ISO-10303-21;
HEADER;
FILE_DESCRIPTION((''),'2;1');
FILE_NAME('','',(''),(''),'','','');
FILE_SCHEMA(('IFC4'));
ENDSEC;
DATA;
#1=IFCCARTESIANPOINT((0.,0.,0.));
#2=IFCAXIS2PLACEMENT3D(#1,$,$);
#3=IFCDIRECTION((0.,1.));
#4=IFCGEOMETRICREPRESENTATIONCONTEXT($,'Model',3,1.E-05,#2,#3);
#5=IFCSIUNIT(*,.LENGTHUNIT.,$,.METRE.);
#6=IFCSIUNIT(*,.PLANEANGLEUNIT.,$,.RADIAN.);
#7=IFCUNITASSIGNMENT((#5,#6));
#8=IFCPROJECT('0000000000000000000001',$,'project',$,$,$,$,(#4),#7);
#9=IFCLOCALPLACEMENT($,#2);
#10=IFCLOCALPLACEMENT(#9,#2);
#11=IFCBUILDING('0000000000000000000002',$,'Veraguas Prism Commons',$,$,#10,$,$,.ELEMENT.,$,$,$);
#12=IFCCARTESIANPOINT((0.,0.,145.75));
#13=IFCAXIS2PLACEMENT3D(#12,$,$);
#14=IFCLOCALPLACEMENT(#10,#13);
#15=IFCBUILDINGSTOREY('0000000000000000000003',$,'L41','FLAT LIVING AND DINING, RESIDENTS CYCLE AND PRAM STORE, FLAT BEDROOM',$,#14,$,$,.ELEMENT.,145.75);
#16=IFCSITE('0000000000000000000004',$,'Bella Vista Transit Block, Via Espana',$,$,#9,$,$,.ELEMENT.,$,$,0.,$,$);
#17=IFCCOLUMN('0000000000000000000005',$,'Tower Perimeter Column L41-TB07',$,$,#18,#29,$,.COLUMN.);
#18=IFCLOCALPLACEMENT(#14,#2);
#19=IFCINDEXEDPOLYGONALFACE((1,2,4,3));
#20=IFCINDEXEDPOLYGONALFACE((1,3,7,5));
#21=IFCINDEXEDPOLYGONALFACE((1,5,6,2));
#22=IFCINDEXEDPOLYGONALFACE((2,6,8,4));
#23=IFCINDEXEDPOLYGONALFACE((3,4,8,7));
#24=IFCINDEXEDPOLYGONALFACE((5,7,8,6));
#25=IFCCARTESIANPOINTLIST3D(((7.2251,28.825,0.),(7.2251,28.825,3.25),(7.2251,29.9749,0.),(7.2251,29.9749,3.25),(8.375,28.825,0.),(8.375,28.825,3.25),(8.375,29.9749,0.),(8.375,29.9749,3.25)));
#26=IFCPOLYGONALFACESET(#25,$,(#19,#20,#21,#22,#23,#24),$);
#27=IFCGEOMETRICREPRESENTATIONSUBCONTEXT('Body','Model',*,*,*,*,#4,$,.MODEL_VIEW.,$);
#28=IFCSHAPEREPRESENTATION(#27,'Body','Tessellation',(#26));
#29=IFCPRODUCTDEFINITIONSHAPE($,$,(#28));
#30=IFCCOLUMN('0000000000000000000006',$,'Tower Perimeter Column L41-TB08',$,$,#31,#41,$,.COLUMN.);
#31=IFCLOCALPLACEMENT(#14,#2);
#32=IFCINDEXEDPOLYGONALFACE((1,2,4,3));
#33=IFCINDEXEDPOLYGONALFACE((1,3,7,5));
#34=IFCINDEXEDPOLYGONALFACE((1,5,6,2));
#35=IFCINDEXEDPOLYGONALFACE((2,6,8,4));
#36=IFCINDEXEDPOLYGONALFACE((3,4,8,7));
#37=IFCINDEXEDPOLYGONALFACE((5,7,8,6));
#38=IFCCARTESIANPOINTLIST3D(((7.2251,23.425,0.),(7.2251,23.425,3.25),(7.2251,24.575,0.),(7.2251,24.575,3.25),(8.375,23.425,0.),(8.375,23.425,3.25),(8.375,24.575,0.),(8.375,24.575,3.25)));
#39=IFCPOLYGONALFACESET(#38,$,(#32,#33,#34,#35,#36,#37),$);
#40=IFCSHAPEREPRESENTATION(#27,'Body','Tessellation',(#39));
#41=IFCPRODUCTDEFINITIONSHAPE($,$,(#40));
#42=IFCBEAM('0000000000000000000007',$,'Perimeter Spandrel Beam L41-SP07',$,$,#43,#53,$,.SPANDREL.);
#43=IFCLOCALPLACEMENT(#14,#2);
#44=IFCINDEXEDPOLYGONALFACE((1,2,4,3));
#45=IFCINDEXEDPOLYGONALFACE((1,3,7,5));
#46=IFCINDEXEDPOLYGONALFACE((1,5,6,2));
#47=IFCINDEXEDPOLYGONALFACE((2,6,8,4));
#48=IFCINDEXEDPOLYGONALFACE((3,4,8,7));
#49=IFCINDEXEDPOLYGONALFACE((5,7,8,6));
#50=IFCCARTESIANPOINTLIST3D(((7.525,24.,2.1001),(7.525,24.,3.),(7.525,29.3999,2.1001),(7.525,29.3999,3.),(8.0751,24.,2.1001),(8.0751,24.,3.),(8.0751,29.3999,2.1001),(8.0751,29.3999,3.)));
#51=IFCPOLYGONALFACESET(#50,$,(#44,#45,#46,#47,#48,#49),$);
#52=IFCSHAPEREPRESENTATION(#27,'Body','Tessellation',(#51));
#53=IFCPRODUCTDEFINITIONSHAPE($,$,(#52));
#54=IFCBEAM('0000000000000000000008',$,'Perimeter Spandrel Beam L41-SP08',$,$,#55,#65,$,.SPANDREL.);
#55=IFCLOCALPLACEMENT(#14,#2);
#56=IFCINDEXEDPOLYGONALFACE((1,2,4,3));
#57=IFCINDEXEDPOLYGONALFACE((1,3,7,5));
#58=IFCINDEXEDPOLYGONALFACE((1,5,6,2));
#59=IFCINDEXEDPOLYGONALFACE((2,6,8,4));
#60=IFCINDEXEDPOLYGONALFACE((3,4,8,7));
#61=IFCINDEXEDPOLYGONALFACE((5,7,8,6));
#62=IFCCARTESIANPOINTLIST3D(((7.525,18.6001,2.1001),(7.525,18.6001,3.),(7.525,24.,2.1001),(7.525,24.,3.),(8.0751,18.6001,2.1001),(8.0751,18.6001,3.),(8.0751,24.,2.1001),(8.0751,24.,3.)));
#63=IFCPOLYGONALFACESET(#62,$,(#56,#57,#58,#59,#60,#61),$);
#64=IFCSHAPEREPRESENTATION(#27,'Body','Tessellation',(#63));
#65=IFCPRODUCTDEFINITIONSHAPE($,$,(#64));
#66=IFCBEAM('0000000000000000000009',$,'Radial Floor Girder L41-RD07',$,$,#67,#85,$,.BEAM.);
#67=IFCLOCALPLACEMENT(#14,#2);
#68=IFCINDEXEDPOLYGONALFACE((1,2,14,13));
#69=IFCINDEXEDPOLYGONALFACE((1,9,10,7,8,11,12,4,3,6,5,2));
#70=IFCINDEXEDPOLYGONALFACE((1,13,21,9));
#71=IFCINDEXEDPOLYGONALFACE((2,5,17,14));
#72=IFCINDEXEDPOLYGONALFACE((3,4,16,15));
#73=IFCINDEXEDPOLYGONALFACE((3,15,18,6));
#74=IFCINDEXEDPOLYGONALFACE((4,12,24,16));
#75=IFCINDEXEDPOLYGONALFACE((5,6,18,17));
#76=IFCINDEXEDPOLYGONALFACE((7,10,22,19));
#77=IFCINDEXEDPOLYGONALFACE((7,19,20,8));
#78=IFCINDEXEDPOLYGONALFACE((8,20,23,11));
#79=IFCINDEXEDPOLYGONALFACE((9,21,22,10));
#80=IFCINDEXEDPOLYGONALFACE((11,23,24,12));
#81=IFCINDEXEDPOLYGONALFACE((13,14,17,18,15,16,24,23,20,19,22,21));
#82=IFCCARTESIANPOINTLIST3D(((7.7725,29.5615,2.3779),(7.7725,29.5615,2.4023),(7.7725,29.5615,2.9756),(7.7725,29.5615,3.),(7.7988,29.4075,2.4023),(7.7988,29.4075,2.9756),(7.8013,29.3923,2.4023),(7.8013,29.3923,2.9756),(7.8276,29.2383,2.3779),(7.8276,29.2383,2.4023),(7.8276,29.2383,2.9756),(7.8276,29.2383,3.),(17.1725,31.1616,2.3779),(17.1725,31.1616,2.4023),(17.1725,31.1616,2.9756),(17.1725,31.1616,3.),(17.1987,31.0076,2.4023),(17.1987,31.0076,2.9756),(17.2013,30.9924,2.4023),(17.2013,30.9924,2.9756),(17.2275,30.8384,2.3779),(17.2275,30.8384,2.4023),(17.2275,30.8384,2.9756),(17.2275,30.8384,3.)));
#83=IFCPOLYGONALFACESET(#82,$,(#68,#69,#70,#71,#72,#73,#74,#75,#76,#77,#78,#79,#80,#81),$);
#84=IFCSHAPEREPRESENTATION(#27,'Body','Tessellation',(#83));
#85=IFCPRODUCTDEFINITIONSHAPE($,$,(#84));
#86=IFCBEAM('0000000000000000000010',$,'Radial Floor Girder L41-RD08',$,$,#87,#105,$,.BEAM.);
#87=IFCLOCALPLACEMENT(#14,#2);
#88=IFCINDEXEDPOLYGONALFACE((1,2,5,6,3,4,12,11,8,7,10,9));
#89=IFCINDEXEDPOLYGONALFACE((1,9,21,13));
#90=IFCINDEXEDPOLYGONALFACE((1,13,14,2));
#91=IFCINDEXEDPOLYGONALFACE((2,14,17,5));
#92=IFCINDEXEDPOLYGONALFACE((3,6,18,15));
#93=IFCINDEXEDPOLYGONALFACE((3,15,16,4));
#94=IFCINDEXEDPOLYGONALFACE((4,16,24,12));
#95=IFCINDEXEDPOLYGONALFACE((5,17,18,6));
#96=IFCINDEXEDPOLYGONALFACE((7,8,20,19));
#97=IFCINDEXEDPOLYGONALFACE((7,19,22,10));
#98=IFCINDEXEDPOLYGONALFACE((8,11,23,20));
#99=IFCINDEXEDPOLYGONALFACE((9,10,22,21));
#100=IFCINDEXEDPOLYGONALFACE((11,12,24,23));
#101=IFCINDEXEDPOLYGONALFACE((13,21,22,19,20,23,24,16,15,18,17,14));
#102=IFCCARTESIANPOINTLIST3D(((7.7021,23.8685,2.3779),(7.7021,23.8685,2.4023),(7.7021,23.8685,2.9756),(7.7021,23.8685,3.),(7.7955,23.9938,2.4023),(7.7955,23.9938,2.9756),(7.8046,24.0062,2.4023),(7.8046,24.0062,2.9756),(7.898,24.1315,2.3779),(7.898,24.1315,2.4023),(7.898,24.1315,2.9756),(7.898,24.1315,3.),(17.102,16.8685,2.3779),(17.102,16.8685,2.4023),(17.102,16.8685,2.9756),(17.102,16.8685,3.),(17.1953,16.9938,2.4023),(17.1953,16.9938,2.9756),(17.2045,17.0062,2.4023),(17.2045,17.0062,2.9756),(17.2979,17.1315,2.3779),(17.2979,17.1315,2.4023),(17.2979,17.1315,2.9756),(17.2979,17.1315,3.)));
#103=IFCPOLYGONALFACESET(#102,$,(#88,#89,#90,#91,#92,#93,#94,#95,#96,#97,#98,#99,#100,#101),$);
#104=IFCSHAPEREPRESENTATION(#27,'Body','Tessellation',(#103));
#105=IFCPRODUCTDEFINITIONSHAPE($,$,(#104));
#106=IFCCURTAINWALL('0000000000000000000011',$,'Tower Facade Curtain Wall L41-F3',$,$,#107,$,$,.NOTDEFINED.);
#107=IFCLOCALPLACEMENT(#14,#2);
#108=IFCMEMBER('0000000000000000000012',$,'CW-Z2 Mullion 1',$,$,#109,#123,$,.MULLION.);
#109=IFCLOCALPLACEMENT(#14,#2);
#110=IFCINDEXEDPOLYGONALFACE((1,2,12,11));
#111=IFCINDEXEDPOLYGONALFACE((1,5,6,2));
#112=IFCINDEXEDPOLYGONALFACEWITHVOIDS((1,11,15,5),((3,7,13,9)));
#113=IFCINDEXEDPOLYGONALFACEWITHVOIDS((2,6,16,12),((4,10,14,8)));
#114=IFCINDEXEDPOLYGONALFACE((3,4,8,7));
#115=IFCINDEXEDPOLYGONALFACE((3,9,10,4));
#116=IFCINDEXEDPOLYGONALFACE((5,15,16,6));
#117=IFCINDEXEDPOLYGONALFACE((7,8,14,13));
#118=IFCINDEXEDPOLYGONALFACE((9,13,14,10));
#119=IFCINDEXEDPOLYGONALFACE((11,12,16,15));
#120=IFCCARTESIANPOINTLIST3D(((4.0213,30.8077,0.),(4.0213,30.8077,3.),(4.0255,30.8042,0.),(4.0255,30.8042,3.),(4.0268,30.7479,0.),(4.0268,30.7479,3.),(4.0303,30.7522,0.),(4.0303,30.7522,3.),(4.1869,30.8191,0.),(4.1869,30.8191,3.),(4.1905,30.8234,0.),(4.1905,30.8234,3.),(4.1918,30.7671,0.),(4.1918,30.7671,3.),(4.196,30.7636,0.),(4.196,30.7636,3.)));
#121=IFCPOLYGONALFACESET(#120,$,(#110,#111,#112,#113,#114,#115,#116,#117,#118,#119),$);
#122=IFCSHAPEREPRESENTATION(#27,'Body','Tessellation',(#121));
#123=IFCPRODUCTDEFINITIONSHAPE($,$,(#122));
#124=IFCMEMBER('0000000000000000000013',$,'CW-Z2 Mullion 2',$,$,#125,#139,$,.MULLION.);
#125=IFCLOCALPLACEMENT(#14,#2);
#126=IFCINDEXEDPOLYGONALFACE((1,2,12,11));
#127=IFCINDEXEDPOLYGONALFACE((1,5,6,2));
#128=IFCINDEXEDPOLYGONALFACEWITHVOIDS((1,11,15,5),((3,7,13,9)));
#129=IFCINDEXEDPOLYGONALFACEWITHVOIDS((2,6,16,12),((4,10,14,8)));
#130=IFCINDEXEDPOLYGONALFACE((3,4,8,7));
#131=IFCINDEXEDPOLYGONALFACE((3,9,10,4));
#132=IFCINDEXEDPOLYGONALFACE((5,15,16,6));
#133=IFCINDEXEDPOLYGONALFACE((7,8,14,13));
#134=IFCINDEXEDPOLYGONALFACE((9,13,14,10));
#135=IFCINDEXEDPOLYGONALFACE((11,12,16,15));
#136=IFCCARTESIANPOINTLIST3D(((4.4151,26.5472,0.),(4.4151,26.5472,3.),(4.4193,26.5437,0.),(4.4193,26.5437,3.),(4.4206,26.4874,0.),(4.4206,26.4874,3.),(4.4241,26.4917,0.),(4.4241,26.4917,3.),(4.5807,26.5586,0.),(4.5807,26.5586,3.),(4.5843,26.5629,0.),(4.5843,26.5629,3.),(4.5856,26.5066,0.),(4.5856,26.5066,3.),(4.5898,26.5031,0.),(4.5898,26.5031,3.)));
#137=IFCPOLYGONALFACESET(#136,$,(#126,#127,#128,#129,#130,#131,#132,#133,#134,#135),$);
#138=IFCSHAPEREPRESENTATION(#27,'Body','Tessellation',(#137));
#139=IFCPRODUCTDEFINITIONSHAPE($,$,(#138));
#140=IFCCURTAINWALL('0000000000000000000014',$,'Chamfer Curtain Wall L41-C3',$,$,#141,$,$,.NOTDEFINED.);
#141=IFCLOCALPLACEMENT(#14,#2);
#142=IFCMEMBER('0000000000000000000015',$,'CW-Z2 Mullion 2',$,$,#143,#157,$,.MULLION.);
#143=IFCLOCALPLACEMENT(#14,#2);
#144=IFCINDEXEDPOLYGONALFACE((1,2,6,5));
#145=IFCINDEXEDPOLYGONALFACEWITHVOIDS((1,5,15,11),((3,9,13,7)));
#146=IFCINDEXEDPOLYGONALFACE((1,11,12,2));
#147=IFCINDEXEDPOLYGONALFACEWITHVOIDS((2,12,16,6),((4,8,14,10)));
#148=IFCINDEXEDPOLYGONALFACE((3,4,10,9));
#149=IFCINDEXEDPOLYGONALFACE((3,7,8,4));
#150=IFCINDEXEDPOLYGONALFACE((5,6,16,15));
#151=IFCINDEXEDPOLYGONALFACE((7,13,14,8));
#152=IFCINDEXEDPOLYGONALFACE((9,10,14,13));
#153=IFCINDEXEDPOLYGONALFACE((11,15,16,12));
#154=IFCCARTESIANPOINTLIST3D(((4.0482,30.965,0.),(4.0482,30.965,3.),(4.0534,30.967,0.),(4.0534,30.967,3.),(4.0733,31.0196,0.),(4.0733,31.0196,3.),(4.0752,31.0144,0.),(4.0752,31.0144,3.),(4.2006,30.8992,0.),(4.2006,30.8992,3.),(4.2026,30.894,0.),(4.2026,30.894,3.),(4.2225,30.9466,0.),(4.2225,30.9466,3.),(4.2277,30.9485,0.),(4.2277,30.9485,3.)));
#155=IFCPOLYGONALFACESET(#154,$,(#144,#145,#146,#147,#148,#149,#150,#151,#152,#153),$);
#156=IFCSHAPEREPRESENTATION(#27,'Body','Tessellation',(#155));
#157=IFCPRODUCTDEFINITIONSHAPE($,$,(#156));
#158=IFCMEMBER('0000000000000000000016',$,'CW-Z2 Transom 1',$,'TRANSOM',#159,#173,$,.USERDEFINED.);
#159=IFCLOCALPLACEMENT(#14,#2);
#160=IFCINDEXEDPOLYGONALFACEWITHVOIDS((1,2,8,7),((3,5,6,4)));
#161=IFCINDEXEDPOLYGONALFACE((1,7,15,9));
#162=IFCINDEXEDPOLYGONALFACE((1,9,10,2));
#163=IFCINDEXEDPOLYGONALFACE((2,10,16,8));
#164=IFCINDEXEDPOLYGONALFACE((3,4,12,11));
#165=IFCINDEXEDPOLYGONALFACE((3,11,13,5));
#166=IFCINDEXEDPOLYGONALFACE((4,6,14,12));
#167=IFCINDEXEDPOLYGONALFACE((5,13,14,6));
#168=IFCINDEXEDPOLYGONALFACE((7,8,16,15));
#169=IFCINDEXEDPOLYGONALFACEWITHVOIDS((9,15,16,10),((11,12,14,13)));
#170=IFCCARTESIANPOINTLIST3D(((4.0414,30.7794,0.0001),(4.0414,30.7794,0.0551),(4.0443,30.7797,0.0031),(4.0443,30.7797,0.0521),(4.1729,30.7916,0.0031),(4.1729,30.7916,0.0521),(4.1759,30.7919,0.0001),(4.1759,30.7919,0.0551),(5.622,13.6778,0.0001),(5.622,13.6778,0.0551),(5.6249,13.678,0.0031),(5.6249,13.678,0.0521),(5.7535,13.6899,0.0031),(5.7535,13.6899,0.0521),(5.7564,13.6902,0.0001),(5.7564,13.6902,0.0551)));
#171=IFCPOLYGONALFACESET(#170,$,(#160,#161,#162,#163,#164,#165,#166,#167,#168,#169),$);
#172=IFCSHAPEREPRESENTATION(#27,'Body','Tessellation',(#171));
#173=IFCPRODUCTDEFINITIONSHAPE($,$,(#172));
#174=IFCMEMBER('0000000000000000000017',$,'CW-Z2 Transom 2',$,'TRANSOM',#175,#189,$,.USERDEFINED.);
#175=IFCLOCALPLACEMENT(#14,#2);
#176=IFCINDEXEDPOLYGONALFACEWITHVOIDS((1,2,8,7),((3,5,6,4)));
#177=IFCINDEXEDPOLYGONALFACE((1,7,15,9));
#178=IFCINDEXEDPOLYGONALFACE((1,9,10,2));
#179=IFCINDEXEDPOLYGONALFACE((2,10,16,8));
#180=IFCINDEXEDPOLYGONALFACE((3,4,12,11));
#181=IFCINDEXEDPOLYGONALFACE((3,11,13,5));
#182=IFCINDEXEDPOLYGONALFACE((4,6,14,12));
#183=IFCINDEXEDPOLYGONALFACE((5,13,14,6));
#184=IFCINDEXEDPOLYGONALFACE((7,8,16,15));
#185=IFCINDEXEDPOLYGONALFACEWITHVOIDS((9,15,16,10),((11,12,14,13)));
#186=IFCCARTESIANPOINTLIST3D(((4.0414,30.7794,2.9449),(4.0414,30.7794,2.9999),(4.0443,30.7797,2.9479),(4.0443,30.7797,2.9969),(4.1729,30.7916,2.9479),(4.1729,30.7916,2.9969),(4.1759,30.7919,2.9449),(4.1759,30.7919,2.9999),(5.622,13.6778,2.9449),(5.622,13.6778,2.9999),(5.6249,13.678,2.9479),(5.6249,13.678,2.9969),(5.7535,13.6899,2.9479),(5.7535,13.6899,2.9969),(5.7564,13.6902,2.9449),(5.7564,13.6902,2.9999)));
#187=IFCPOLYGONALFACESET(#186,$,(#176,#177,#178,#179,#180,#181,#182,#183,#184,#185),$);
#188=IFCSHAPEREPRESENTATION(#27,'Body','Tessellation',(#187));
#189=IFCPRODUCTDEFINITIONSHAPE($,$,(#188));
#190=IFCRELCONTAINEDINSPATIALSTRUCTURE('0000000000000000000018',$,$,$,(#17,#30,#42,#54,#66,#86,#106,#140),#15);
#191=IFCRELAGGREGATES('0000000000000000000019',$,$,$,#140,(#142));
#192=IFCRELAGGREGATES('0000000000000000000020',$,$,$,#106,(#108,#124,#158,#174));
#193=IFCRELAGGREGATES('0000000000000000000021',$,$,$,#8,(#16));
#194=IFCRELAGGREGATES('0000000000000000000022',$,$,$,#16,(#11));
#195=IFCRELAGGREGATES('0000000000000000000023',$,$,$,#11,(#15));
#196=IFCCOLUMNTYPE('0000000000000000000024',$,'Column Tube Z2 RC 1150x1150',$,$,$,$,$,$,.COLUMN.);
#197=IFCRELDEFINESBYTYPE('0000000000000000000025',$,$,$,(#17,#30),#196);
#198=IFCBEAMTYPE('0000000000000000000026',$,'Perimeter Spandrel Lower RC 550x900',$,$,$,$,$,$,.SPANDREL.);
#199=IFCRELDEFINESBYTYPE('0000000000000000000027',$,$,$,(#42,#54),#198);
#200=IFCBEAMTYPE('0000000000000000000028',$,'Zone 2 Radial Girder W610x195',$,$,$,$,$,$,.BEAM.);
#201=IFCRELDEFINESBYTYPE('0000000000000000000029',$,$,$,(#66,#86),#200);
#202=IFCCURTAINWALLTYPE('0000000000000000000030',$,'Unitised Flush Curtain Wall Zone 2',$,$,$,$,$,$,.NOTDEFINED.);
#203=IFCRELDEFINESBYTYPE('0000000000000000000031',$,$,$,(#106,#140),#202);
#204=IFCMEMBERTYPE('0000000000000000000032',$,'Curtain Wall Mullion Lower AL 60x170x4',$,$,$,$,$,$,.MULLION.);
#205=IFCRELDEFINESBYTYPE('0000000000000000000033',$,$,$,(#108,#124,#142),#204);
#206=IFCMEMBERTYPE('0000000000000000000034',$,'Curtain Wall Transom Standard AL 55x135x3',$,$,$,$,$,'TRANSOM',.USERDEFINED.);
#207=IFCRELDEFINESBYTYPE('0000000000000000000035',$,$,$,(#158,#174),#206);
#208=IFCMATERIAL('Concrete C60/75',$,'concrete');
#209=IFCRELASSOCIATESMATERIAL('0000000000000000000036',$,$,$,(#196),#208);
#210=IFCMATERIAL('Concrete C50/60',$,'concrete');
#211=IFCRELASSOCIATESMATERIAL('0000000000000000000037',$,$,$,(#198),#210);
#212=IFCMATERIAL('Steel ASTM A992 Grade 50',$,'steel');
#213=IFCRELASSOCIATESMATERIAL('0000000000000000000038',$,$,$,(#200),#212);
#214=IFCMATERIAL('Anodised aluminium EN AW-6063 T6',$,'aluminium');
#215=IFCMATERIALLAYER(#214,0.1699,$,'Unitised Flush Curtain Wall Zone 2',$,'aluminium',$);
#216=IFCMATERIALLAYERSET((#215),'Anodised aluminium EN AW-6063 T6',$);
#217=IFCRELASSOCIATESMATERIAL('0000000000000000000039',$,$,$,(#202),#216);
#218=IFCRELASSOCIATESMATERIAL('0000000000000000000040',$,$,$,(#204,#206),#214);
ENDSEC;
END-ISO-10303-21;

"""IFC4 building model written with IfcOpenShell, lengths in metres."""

from ifc_helpers import new_model, si_unit, direction, frame, origin, origin_2d, place, context, subcontext, project, spatial, rectangle, hollow_rectangle, i_section, extrude, source, transform, mapped, material, layer, layer_set, material_profile, profile_set, type_object, element, aggregate, save


model = new_model("IFC4")

# Units and contexts
model_context = context("Model", 3, precision=1e-05, world=origin(), true_north=direction((0.0, 1.0)))
body_context = subcontext(model_context, "Body", "Model", "MODEL_VIEW")
ifc_project = project(units=[si_unit("LENGTHUNIT", "METRE"), si_unit("PLANEANGLEUNIT", "RADIAN")], contexts=[model_context])

# Site, building, storey
site_placement = place(None, origin())
site = spatial("IfcSite", under=ifc_project, at=site_placement, Name="Bella Vista Transit Block, Via Espana", CompositionType="ELEMENT", RefElevation=0.0)
building_placement = place(site_placement, origin())
building = spatial("IfcBuilding", under=site, at=building_placement, Name="Veraguas Prism Commons", CompositionType="ELEMENT")
storey_placement = place(building_placement, frame((0.0, 0.0, 145.75)))
storey = spatial("IfcBuildingStorey", under=building, at=storey_placement, Name="L41", Description="FLAT LIVING AND DINING, RESIDENTS CYCLE AND PRAM STORE, FLAT BEDROOM", CompositionType="ELEMENT", Elevation=145.75)

# Columns
ifc_material_1 = material(Name="Concrete C60/75", Category="concrete")
ifc_material_profile_1 = material_profile(ifc_material_1, rectangle(XDim=1.1499, YDim=1.1499, at=origin_2d()), Name="RC1150X1150")
ifc_profile_set_1 = profile_set([ifc_material_profile_1], Name="Concrete C60/75")
column_type = type_object("IfcColumnType", Name="Column Tube Z2 RC 1150x1150", PredefinedType="COLUMN", material=ifc_profile_set_1)
for number, where, z_axis, x_axis, name in (
    (1, (7.8, 29.3999, 0.0), (0.0, 0.0, 1.0), (1.0, 0.0, 0.0), "Tower Perimeter Column L41-TB07"),
    (2, (7.8, 24.0, 0.0), (0.0, 0.0, 1.0), (1.0, 0.0, 0.0), "Tower Perimeter Column L41-TB08"),
):
    element("IfcColumn", number, at=place(storey_placement, frame(where, z_axis=z_axis, x_axis=x_axis)), inside=storey, type_object=column_type, Name=name, PredefinedType="COLUMN", context=body_context, shape_type="SweptSolid", body=[
        extrude(rectangle(XDim=1.1499, YDim=1.1499, at=origin_2d()), origin(), (0.0, 0.0, 1.0), 3.25),
    ])

# Beams
ifc_material_2 = material(Name="Concrete C50/60", Category="concrete")
ifc_material_profile_2 = material_profile(ifc_material_2, rectangle(XDim=0.55, YDim=0.8999, at=origin_2d()), Name="RC550X900")
ifc_profile_set_2 = profile_set([ifc_material_profile_2], Name="Concrete C50/60")
beam_type_1 = type_object("IfcBeamType", Name="Perimeter Spandrel Lower RC 550x900", PredefinedType="SPANDREL", material=ifc_profile_set_2)
for number, where, z_axis, x_axis, name in (
    (3, (7.8, 29.3999, 2.55), (0.0, -1.0, 0.0), (1.0, 0.0, 0.0), "Perimeter Spandrel Beam L41-SP07"),
    (4, (7.8, 24.0, 2.55), (0.0, -1.0, 0.0), (1.0, 0.0, 0.0), "Perimeter Spandrel Beam L41-SP08"),
):
    element("IfcBeam", number, at=place(storey_placement, frame(where, z_axis=z_axis, x_axis=x_axis)), inside=storey, type_object=beam_type_1, Name=name, PredefinedType="SPANDREL", context=body_context, shape_type="SweptSolid", body=[
        extrude(rectangle(XDim=0.55, YDim=0.8999, at=origin_2d()), origin(), (0.0, 0.0, 1.0), 5.3999),
    ])
ifc_material_3 = material(Name="Steel ASTM A992 Grade 50", Category="steel")
ifc_material_profile_3 = material_profile(ifc_material_3, i_section(OverallWidth=0.3279, OverallDepth=0.6221, WebThickness=0.0154, FlangeThickness=0.0244, at=origin_2d()), Name="W610X195")
ifc_profile_set_3 = profile_set([ifc_material_profile_3], Name="Steel ASTM A992 Grade 50")
beam_type_2 = type_object("IfcBeamType", Name="Zone 2 Radial Girder W610x195", PredefinedType="BEAM", material=ifc_profile_set_3)
beam_1_placement = place(storey_placement, frame((7.8, 29.3999, 2.689), z_axis=(0.985819, 0.167811, 0.0), x_axis=(-0.167811, 0.985819, 0.0)))
element("IfcBeam", 5, at=beam_1_placement, inside=storey, type_object=beam_type_2, Name="Radial Floor Girder L41-RD07", PredefinedType="BEAM", context=body_context, shape_type="SweptSolid", body=[
    extrude(i_section(OverallWidth=0.3279, OverallDepth=0.6221, WebThickness=0.0154, FlangeThickness=0.0244, at=origin_2d()), origin(), (0.0, 0.0, 1.0), 9.5352),
])
beam_2_placement = place(storey_placement, frame((7.8, 24.0, 2.689), z_axis=(0.80204, -0.59727, 0.0), x_axis=(0.59727, 0.80204, 0.0)))
element("IfcBeam", 6, at=beam_2_placement, inside=storey, type_object=beam_type_2, Name="Radial Floor Girder L41-RD08", PredefinedType="BEAM", context=body_context, shape_type="SweptSolid", body=[
    extrude(i_section(OverallWidth=0.3279, OverallDepth=0.6221, WebThickness=0.0154, FlangeThickness=0.0244, at=origin_2d()), origin(), (0.0, 0.0, 1.0), 11.72),
])

# Curtain wall, members
ifc_material_4 = material(Name="Anodised aluminium EN AW-6063 T6", Category="aluminium")
ifc_layer_1 = layer(ifc_material_4, 0.1699, Name="Unitised Flush Curtain Wall Zone 2", Category="aluminium")
ifc_layer_set_1 = layer_set([ifc_layer_1], Name="Anodised aluminium EN AW-6063 T6")
curtain_wall_type = type_object("IfcCurtainWallType", Name="Unitised Flush Curtain Wall Zone 2", PredefinedType="NOTDEFINED", material=ifc_layer_set_1)
curtain_wall_1_placement = place(storey_placement, origin())
curtain_wall_1 = element("IfcCurtainWall", 7, at=curtain_wall_1_placement, inside=storey, type_object=curtain_wall_type, Name="Tower Facade Curtain Wall L41-F3", PredefinedType="NOTDEFINED")
ifc_material_profile_4 = material_profile(ifc_material_4, hollow_rectangle(XDim=0.0601, YDim=0.1699, WallThickness=0.0039, at=origin_2d()), Name="AL60X170X4")
ifc_profile_set_4 = profile_set([ifc_material_profile_4], Name="Anodised aluminium EN AW-6063 T6")
member_type_1 = type_object("IfcMemberType", Name="Curtain Wall Mullion Lower AL 60x170x4", PredefinedType="MULLION", material=ifc_profile_set_4)
shared_shape_1 = source(origin(), body_context, "Body", "SweptSolid", [
    extrude(hollow_rectangle(XDim=0.0601, YDim=0.1699, WallThickness=0.0039, at=origin_2d()), origin(), (0.0, 0.0, 1.0), 3.0),
])
member_1_placement = place(storey_placement, frame((4.1086, 30.7856, 0.0), z_axis=(0.0, 0.0, 1.0), x_axis=(0.092025, -0.995757, 0.0)))
member_1 = element("IfcMember", 8, at=member_1_placement, type_object=member_type_1, Name="CW-Z2 Mullion 1", PredefinedType="MULLION", context=body_context, shape_type="MappedRepresentation", body=[
    mapped(shared_shape_1, transform((0.0, 0.0, 0.0), scale=1.0)),
])
member_2_placement = place(storey_placement, frame((4.5024, 26.5251, 0.0), z_axis=(0.0, 0.0, 1.0), x_axis=(0.092025, -0.995757, 0.0)))
member_2 = element("IfcMember", 9, at=member_2_placement, type_object=member_type_1, Name="CW-Z2 Mullion 2", PredefinedType="MULLION", context=body_context, shape_type="MappedRepresentation", body=[
    mapped(shared_shape_1, transform((0.0, 0.0, 0.0), scale=1.0)),
])

# Curtain wall, member
curtain_wall_2_placement = place(storey_placement, origin())
curtain_wall_2 = element("IfcCurtainWall", 10, at=curtain_wall_2_placement, inside=storey, type_object=curtain_wall_type, Name="Chamfer Curtain Wall L41-C3", PredefinedType="NOTDEFINED")
member_3_placement = place(storey_placement, frame((4.1379, 30.9568, 0.0), z_axis=(0.0, 0.0, 1.0), x_axis=(-0.418181, -0.908364, 0.0)))
member_3 = element("IfcMember", 11, at=member_3_placement, type_object=member_type_1, Name="CW-Z2 Mullion 2", PredefinedType="MULLION", context=body_context, shape_type="MappedRepresentation", body=[
    mapped(shared_shape_1, transform((0.0, 0.0, 0.0), scale=1.0)),
])
aggregate(curtain_wall_2, [member_3])

# Members
ifc_material_profile_5 = material_profile(ifc_material_4, hollow_rectangle(XDim=0.0549, YDim=0.135, WallThickness=0.0029, at=origin_2d()), Name="AL55X135X3")
ifc_profile_set_5 = profile_set([ifc_material_profile_5], Name="Anodised aluminium EN AW-6063 T6")
member_type_2 = type_object("IfcMemberType", Name="Curtain Wall Transom Standard AL 55x135x3", ElementType="TRANSOM", PredefinedType="USERDEFINED", material=ifc_profile_set_5)
shared_shape_2 = source(origin(), body_context, "Body", "SweptSolid", [
    extrude(hollow_rectangle(XDim=0.0549, YDim=0.135, WallThickness=0.0029, at=origin_2d()), origin(), (0.0, 0.0, 1.0), 17.1746),
])
member_4_placement = place(storey_placement, frame((4.1086, 30.7856, 0.0276), z_axis=(0.09203, -0.995756, 0.0), x_axis=(0.0, 0.0, 1.0)))
member_4 = element("IfcMember", 12, at=member_4_placement, type_object=member_type_2, Name="CW-Z2 Transom 1", ObjectType="TRANSOM", PredefinedType="USERDEFINED", context=body_context, shape_type="MappedRepresentation", body=[
    mapped(shared_shape_2, transform((0.0, 0.0, 0.0), scale=1.0)),
])
member_5_placement = place(storey_placement, frame((4.1086, 30.7856, 2.9724), z_axis=(0.09203, -0.995756, 0.0), x_axis=(0.0, 0.0, 1.0)))
member_5 = element("IfcMember", 13, at=member_5_placement, type_object=member_type_2, Name="CW-Z2 Transom 2", ObjectType="TRANSOM", PredefinedType="USERDEFINED", context=body_context, shape_type="MappedRepresentation", body=[
    mapped(shared_shape_2, transform((0.0, 0.0, 0.0), scale=1.0)),
])

aggregate(curtain_wall_1, [member_1, member_2, member_4, member_5])

save(model, "model.ifc")
